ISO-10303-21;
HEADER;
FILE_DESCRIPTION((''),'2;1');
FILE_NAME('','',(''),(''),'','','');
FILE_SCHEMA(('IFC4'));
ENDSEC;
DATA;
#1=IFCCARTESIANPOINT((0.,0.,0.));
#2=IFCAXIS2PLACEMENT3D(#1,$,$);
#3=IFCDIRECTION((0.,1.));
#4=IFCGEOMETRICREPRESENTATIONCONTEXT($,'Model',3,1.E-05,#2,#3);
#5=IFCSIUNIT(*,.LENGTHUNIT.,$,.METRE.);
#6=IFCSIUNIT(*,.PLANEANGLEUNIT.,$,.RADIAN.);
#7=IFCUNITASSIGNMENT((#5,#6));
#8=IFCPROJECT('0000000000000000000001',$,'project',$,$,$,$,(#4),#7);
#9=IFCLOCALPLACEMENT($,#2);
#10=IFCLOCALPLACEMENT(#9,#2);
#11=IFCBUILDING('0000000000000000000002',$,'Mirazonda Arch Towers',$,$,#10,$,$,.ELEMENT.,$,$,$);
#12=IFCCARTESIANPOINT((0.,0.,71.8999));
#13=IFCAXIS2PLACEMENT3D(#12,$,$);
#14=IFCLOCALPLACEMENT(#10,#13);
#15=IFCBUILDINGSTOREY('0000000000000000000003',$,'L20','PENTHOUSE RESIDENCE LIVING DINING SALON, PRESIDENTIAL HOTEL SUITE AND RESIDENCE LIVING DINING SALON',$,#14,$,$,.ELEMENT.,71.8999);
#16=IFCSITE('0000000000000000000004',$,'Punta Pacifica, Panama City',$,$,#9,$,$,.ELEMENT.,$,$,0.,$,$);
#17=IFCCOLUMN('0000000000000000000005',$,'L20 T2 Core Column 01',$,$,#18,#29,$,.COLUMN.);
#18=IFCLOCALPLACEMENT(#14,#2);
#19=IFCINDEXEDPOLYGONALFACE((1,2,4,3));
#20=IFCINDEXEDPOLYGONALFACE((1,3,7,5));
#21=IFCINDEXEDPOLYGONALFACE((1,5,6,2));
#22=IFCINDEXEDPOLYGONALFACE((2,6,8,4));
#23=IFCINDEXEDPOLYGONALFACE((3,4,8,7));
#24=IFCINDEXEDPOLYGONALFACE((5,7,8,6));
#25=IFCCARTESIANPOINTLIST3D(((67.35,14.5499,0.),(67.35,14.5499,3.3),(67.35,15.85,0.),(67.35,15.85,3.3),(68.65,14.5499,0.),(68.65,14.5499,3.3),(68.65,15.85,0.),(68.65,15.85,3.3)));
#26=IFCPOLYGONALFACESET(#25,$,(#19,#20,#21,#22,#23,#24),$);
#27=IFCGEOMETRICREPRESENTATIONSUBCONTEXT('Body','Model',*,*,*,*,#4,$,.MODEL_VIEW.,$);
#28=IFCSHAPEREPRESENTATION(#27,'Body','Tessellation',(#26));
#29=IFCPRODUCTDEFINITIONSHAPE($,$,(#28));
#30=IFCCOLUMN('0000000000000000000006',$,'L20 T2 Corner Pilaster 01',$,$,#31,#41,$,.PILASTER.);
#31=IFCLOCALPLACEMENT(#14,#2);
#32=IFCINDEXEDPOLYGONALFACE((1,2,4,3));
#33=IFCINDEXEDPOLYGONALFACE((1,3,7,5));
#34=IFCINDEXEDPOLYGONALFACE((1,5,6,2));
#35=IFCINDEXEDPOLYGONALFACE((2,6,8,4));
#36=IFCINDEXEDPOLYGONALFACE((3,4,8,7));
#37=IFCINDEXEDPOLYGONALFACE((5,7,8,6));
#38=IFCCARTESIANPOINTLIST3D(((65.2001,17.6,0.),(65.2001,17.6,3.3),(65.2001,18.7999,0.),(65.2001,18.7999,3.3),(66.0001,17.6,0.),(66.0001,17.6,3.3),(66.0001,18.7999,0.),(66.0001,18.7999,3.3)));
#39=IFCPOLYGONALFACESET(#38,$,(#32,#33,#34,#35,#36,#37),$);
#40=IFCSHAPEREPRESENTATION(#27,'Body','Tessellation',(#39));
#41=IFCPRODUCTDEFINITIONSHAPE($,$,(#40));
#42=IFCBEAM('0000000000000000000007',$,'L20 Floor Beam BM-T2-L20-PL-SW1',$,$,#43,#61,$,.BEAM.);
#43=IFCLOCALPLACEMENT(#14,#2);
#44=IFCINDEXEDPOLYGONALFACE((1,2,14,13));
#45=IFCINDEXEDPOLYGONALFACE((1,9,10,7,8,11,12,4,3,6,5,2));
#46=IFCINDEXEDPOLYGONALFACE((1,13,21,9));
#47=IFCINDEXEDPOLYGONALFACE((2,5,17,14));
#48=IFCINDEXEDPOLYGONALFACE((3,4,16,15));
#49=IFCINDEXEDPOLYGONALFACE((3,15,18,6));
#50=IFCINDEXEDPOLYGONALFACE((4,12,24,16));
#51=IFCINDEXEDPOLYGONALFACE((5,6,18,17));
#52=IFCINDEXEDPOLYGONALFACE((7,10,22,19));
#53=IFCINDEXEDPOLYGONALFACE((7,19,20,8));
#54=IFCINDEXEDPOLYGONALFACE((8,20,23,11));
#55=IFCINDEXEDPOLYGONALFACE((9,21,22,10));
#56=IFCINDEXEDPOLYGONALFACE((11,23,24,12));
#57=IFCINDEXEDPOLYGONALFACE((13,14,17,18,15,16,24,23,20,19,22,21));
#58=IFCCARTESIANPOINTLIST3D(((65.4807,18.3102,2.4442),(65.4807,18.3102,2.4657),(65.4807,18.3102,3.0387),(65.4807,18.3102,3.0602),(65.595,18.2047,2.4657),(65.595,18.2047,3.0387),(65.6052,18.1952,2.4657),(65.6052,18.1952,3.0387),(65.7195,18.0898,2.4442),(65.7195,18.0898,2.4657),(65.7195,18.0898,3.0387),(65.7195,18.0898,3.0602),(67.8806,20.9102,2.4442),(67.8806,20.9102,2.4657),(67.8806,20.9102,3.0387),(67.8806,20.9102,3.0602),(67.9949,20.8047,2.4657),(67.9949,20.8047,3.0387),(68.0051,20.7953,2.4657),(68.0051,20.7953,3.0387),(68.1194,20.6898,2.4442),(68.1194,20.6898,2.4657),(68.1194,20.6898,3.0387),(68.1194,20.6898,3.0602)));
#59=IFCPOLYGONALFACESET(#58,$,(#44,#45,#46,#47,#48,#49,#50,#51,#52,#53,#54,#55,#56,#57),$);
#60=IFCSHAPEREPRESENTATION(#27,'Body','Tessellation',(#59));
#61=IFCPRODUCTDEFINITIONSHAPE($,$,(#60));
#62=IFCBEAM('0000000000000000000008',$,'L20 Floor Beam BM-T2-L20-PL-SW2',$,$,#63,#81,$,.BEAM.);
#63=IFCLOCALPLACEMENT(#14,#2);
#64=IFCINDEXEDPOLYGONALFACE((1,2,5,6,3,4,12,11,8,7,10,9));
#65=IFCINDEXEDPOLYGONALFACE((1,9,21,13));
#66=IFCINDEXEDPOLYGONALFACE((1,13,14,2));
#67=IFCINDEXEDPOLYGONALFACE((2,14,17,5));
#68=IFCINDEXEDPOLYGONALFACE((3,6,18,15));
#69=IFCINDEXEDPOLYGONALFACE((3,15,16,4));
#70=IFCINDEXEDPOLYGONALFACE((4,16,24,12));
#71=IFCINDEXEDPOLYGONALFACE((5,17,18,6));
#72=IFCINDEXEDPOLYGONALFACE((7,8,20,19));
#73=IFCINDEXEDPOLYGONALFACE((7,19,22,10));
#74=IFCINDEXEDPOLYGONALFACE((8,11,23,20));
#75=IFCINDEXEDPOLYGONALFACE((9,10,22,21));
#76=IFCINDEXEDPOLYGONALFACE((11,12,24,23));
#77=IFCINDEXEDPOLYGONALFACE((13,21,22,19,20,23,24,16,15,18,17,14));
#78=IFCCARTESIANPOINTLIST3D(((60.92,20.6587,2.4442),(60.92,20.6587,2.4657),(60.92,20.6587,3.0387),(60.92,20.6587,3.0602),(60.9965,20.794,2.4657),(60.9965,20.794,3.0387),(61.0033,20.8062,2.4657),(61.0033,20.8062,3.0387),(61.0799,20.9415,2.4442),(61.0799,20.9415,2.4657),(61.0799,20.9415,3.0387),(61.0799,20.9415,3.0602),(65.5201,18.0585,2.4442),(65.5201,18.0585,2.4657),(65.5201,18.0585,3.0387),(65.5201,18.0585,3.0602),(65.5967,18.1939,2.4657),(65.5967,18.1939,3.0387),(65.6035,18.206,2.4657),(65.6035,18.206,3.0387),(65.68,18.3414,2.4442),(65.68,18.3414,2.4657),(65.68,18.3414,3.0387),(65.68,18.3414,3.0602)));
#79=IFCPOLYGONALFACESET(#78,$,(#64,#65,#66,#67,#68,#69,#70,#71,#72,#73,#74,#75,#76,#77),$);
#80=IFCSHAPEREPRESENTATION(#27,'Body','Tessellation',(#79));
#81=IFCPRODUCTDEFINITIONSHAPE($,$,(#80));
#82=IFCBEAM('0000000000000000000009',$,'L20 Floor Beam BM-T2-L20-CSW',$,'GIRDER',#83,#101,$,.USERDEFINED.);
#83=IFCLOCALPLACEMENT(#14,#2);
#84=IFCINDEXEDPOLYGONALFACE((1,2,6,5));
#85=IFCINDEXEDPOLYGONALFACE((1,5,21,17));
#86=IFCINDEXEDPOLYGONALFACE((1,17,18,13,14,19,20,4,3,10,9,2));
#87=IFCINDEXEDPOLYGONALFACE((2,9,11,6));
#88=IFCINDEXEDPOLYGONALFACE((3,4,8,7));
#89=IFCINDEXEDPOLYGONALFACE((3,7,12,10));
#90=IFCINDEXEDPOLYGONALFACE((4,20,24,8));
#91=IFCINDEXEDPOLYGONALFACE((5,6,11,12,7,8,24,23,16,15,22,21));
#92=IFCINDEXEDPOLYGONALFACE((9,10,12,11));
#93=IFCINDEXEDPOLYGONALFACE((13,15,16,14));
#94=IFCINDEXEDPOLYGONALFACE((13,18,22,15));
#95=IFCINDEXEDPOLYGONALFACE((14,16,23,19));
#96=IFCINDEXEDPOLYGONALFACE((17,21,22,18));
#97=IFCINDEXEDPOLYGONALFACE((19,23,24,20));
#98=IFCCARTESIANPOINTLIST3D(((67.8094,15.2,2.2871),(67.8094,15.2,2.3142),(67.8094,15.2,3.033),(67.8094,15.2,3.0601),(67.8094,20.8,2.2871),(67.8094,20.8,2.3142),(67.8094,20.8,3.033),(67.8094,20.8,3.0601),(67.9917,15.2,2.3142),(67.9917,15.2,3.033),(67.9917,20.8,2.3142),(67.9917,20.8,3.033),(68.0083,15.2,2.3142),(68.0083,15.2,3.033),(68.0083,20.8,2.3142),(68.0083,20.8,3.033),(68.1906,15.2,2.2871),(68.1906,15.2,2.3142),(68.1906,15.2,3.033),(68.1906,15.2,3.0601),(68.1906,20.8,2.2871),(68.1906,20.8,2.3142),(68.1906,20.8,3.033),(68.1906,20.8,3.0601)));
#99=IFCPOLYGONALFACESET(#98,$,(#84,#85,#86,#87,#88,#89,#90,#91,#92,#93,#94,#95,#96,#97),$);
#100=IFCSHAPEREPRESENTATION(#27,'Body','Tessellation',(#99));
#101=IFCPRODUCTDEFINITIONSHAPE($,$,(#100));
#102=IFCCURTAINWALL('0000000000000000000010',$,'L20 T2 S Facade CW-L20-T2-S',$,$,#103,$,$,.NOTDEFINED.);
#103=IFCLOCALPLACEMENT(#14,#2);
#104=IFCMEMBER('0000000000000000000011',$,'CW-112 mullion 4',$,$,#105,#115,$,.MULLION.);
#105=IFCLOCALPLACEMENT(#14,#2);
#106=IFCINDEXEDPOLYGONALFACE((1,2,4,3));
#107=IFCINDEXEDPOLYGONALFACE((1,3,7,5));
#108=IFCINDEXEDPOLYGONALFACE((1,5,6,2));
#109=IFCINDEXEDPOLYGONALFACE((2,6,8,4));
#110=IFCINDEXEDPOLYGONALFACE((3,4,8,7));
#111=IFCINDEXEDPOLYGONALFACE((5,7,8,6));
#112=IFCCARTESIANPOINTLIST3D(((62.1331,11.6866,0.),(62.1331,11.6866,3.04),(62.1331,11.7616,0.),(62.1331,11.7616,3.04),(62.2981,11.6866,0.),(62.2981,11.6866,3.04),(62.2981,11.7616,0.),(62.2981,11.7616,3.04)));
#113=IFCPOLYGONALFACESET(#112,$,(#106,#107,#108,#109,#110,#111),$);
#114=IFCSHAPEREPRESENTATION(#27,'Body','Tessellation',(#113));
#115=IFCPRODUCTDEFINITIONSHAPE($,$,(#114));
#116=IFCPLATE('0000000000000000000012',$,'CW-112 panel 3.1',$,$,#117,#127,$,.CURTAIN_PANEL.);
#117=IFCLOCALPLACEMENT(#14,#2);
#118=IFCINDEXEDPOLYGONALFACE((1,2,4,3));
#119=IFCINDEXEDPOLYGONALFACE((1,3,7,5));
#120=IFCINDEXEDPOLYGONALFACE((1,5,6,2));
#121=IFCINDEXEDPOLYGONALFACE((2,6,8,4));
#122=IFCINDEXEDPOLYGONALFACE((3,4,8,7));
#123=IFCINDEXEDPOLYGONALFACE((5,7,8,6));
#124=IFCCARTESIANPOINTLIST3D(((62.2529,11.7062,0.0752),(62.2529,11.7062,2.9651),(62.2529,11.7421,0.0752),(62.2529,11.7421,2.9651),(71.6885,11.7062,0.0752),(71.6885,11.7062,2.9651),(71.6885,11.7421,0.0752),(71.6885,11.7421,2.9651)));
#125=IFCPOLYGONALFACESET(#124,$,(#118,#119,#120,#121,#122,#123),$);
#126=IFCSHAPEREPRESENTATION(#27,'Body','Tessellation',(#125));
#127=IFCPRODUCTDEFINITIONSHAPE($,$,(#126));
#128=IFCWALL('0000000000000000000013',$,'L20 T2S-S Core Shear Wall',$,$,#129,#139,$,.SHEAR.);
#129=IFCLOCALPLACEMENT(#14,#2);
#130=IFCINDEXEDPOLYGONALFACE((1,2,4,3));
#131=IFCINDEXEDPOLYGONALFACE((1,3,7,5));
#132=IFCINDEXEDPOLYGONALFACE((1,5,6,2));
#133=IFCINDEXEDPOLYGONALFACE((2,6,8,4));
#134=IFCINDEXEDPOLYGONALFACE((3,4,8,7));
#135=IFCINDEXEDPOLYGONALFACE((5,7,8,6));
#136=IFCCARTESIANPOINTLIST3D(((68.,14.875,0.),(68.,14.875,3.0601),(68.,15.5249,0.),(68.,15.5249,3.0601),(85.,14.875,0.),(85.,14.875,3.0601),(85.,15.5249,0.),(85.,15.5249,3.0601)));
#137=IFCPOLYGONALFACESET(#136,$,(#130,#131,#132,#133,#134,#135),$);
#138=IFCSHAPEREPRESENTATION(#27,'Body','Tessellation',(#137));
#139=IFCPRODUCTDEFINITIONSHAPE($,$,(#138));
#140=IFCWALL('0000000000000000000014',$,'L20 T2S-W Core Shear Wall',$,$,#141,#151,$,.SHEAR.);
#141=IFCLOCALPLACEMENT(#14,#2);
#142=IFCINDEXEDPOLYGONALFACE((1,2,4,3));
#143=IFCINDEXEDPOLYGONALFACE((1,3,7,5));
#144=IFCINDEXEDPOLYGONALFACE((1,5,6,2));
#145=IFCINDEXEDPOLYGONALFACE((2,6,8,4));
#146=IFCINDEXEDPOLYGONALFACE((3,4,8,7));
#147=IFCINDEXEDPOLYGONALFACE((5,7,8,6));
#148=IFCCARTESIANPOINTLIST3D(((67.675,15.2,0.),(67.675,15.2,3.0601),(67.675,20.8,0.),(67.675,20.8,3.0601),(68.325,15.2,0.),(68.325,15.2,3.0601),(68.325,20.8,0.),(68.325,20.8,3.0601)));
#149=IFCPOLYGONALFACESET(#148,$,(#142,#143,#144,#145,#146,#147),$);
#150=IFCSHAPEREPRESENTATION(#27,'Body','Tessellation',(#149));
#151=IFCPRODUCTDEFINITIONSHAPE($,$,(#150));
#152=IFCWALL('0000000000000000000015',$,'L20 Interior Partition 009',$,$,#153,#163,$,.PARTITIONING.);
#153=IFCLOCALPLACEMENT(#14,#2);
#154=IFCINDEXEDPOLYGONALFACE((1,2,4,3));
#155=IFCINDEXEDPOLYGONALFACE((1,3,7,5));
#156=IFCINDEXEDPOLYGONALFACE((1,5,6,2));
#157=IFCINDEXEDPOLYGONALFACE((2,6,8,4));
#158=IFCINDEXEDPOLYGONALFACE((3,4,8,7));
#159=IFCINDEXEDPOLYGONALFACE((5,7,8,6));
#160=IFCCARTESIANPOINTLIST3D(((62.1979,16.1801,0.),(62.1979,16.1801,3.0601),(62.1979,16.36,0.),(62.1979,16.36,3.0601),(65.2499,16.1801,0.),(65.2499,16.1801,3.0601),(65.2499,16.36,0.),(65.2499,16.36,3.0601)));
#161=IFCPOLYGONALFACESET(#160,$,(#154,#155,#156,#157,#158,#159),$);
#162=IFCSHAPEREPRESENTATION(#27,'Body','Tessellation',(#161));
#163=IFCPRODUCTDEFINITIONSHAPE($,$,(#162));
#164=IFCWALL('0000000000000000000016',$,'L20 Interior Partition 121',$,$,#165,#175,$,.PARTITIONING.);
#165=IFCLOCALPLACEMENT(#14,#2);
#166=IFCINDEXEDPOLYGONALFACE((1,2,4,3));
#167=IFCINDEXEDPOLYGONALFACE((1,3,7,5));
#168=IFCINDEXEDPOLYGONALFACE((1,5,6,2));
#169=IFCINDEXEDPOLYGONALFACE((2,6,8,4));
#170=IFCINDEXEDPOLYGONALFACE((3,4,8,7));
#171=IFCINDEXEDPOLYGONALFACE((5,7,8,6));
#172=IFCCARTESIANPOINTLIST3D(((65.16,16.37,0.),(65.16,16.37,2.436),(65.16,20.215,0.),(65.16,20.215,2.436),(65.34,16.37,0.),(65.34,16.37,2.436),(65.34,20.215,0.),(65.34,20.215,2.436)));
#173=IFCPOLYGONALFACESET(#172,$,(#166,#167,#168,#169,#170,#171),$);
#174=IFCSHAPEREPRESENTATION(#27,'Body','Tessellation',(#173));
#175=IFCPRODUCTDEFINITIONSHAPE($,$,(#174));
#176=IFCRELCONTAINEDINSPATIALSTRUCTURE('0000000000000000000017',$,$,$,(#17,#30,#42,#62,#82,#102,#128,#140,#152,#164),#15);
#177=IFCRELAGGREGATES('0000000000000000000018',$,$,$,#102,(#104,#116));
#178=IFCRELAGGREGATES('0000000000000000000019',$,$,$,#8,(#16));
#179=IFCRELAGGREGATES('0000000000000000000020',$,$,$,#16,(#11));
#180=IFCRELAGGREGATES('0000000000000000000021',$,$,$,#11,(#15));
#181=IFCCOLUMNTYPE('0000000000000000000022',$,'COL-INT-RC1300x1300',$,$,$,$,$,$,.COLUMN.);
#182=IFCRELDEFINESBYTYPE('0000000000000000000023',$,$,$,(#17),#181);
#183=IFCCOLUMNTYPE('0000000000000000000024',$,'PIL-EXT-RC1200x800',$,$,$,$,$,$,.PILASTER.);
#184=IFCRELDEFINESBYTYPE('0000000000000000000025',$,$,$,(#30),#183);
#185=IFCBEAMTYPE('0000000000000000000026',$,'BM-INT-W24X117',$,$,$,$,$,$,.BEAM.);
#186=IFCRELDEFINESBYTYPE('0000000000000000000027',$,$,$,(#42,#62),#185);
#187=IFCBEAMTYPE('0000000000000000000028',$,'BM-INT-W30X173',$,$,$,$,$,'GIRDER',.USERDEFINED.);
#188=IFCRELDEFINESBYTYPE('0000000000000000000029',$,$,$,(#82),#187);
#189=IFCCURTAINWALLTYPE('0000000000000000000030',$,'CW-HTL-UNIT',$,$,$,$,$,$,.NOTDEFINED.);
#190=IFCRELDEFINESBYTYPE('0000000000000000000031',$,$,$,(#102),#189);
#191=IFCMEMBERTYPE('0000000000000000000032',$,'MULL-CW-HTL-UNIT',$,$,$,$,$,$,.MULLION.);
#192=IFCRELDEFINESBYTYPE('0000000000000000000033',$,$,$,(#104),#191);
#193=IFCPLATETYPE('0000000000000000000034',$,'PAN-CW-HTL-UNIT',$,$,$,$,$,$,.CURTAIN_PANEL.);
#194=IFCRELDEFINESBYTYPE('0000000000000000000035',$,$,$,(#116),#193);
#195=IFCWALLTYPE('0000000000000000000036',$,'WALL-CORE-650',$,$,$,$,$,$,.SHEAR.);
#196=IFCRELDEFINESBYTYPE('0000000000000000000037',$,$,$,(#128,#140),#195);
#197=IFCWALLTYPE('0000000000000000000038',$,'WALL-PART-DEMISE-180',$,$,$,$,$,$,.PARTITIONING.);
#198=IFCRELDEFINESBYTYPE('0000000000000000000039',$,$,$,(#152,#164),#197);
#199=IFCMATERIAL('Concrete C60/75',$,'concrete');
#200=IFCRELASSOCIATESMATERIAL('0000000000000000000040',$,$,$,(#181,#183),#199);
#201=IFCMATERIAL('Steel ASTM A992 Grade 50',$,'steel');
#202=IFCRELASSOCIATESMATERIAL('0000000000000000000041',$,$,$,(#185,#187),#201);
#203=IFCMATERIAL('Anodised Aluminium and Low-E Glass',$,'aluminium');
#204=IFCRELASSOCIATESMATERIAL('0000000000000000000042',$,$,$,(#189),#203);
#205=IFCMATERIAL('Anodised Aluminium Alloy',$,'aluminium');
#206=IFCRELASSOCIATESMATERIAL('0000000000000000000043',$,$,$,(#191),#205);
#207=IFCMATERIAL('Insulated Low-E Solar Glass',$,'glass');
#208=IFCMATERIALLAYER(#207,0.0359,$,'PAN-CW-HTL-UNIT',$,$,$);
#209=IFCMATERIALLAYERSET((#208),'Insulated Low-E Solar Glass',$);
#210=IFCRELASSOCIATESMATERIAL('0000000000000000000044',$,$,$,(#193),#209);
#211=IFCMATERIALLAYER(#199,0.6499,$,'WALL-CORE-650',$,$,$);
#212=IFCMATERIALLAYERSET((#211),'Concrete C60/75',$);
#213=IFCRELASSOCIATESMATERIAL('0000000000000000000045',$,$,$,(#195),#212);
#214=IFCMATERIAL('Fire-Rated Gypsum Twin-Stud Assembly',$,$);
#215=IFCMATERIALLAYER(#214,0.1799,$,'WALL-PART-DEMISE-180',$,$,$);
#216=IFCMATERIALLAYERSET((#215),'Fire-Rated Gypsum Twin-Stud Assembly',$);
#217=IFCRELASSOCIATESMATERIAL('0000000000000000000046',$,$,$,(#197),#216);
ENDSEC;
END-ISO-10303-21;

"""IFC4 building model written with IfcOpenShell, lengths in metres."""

from ifc_helpers import new_model, si_unit, direction, frame, frame_2d, origin, origin_2d, place, context, subcontext, project, spatial, rectangle, i_section, extrude, material, layer, layer_set, material_profile, profile_set, type_object, element, aggregate, save


model = new_model("IFC4")

# Units and contexts
model_context = context("Model", 3, precision=1e-05, world=origin(), true_north=direction((0.0, 1.0)))
body_context = subcontext(model_context, "Body", "Model", "MODEL_VIEW")
ifc_project = project(units=[si_unit("LENGTHUNIT", "METRE"), si_unit("PLANEANGLEUNIT", "RADIAN")], contexts=[model_context])

# Site, building, storey
site_placement = place(None, origin())
site = spatial("IfcSite", under=ifc_project, at=site_placement, Name="Punta Pacifica, Panama City", CompositionType="ELEMENT", RefElevation=0.0)
building_placement = place(site_placement, origin())
building = spatial("IfcBuilding", under=site, at=building_placement, Name="Mirazonda Arch Towers", CompositionType="ELEMENT")
storey_placement = place(building_placement, frame((0.0, 0.0, 71.8999)))
storey = spatial("IfcBuildingStorey", under=building, at=storey_placement, Name="L20", Description="PENTHOUSE RESIDENCE LIVING DINING SALON, PRESIDENTIAL HOTEL SUITE AND RESIDENCE LIVING DINING SALON", CompositionType="ELEMENT", Elevation=71.8999)

# Columns
ifc_material_1 = material(Name="Concrete C60/75", Category="concrete")
ifc_material_profile_1 = material_profile(ifc_material_1, rectangle(XDim=1.3, YDim=1.3, at=origin_2d()), Name="RC1300x1300")
ifc_profile_set_1 = profile_set([ifc_material_profile_1], Name="Concrete C60/75")
column_type_1 = type_object("IfcColumnType", Name="COL-INT-RC1300x1300", PredefinedType="COLUMN", material=ifc_profile_set_1)
column_1_placement = place(storey_placement, frame((68.0, 15.2, 0.0), z_axis=(0.0, 0.0, 1.0), x_axis=(1.0, 0.0, 0.0)))
element("IfcColumn", 1, at=column_1_placement, inside=storey, type_object=column_type_1, Name="L20 T2 Core Column 01", PredefinedType="COLUMN", context=body_context, shape_type="SweptSolid", body=[
    extrude(rectangle(XDim=1.3, YDim=1.3, at=origin_2d()), origin(), (0.0, 0.0, 1.0), 3.3),
])
ifc_material_profile_2 = material_profile(ifc_material_1, rectangle(XDim=0.8, YDim=1.2, at=origin_2d()), Name="RC1200x800")
ifc_profile_set_2 = profile_set([ifc_material_profile_2], Name="Concrete C60/75")
column_type_2 = type_object("IfcColumnType", Name="PIL-EXT-RC1200x800", PredefinedType="PILASTER", material=ifc_profile_set_2)
column_2_placement = place(storey_placement, frame((65.6001, 18.2, 0.0), z_axis=(0.0, 0.0, 1.0), x_axis=(1.0, 0.0, 0.0)))
element("IfcColumn", 2, at=column_2_placement, inside=storey, type_object=column_type_2, Name="L20 T2 Corner Pilaster 01", PredefinedType="PILASTER", context=body_context, shape_type="SweptSolid", body=[
    extrude(rectangle(XDim=0.8, YDim=1.2, at=origin_2d()), origin(), (0.0, 0.0, 1.0), 3.3),
])

# Beams
ifc_material_2 = material(Name="Steel ASTM A992 Grade 50", Category="steel")
ifc_material_profile_3 = material_profile(ifc_material_2, i_section(OverallWidth=0.325, OverallDepth=0.616, WebThickness=0.0139, FlangeThickness=0.0215, at=origin_2d()), Name="W24X117")
ifc_profile_set_3 = profile_set([ifc_material_profile_3], Name="Steel ASTM A992 Grade 50")
beam_type_1 = type_object("IfcBeamType", Name="BM-INT-W24X117", PredefinedType="BEAM", material=ifc_profile_set_3)
beam_1_placement = place(storey_placement, frame((65.6001, 18.2, 2.7522), z_axis=(0.678251, 0.73483, 0.0), x_axis=(-0.73483, 0.678251, 0.0)))
element("IfcBeam", 3, at=beam_1_placement, inside=storey, type_object=beam_type_1, Name="L20 Floor Beam BM-T2-L20-PL-SW1", PredefinedType="BEAM", context=body_context, shape_type="SweptSolid", body=[
    extrude(i_section(OverallWidth=0.325, OverallDepth=0.616, WebThickness=0.0139, FlangeThickness=0.0215, at=origin_2d()), origin(), (0.0, 0.0, 1.0), 3.5383),
])
beam_2_placement = place(storey_placement, frame((65.6001, 18.2, 2.7522), z_axis=(-0.870559, 0.492063, 0.0), x_axis=(-0.492063, -0.870559, 0.0)))
element("IfcBeam", 4, at=beam_2_placement, inside=storey, type_object=beam_type_1, Name="L20 Floor Beam BM-T2-L20-PL-SW2", PredefinedType="BEAM", context=body_context, shape_type="SweptSolid", body=[
    extrude(i_section(OverallWidth=0.325, OverallDepth=0.616, WebThickness=0.0139, FlangeThickness=0.0215, at=origin_2d()), origin(), (0.0, 0.0, 1.0), 5.2842),
])
ifc_material_profile_4 = material_profile(ifc_material_2, i_section(OverallWidth=0.3811, OverallDepth=0.7729, WebThickness=0.0166, FlangeThickness=0.0271, at=origin_2d()), Name="W30X173")
ifc_profile_set_4 = profile_set([ifc_material_profile_4], Name="Steel ASTM A992 Grade 50")
beam_type_2 = type_object("IfcBeamType", Name="BM-INT-W30X173", ElementType="GIRDER", PredefinedType="USERDEFINED", material=ifc_profile_set_4)
beam_3_placement = place(storey_placement, frame((68.0, 15.2, 2.6736), z_axis=(0.0, 1.0, 0.0), x_axis=(-1.0, 0.0, 0.0)))
element("IfcBeam", 5, at=beam_3_placement, inside=storey, type_object=beam_type_2, Name="L20 Floor Beam BM-T2-L20-CSW", ObjectType="GIRDER", PredefinedType="USERDEFINED", context=body_context, shape_type="SweptSolid", body=[
    extrude(i_section(OverallWidth=0.3811, OverallDepth=0.7729, WebThickness=0.0166, FlangeThickness=0.0271, at=origin_2d()), origin(), (0.0, 0.0, 1.0), 5.6001),
])

# Curtain wall, member, plate
ifc_material_3 = material(Name="Anodised Aluminium and Low-E Glass", Category="aluminium")
curtain_wall_type = type_object("IfcCurtainWallType", Name="CW-HTL-UNIT", PredefinedType="NOTDEFINED", material=ifc_material_3)
curtain_wall_placement = place(storey_placement, origin())
curtain_wall = element("IfcCurtainWall", 6, at=curtain_wall_placement, inside=storey, type_object=curtain_wall_type, Name="L20 T2 S Facade CW-L20-T2-S", PredefinedType="NOTDEFINED")
ifc_material_4 = material(Name="Anodised Aluminium Alloy", Category="aluminium")
ifc_material_profile_5 = material_profile(ifc_material_4, rectangle(XDim=0.075, YDim=0.165, at=origin_2d()), Name="ALU-MULL-75x165")
ifc_profile_set_5 = profile_set([ifc_material_profile_5], Name="Anodised Aluminium Alloy")
member_type = type_object("IfcMemberType", Name="MULL-CW-HTL-UNIT", PredefinedType="MULLION", material=ifc_profile_set_5)
member_placement = place(storey_placement, frame((62.2156, 11.7241, 0.0), z_axis=(0.0, 0.0, 1.0), x_axis=(0.0, -1.0, 0.0)))
member = element("IfcMember", 7, at=member_placement, type_object=member_type, Name="CW-112 mullion 4", PredefinedType="MULLION", context=body_context, shape_type="SweptSolid", body=[
    extrude(rectangle(XDim=0.075, YDim=0.165, at=origin_2d()), origin(), (0.0, 0.0, 1.0), 3.04),
])
ifc_material_5 = material(Name="Insulated Low-E Solar Glass", Category="glass")
ifc_layer_1 = layer(ifc_material_5, 0.0359, Name="PAN-CW-HTL-UNIT")
ifc_layer_set_1 = layer_set([ifc_layer_1], Name="Insulated Low-E Solar Glass")
plate_type = type_object("IfcPlateType", Name="PAN-CW-HTL-UNIT", PredefinedType="CURTAIN_PANEL", material=ifc_layer_set_1)
plate_placement = place(storey_placement, frame((66.9707, 11.7241, 0.0752), z_axis=(0.0, 0.0, 1.0), x_axis=(-1.0, 0.0, 0.0)))
plate = element("IfcPlate", 8, at=plate_placement, type_object=plate_type, Name="CW-112 panel 3.1", PredefinedType="CURTAIN_PANEL", context=body_context, shape_type="SweptSolid", body=[
    extrude(rectangle(XDim=9.4355, YDim=0.0359, at=origin_2d()), origin(), (0.0, 0.0, 1.0), 2.8899),
])
aggregate(curtain_wall, [member, plate])

# Walls
ifc_layer_2 = layer(ifc_material_1, 0.6499, Name="WALL-CORE-650")
ifc_layer_set_2 = layer_set([ifc_layer_2], Name="Concrete C60/75")
wall_type_1 = type_object("IfcWallType", Name="WALL-CORE-650", PredefinedType="SHEAR", material=ifc_layer_set_2)
wall_1_placement = place(storey_placement, frame((68.0, 15.2, 0.0), z_axis=(0.0, 0.0, 1.0), x_axis=(1.0, 0.0, 0.0)))
element("IfcWall", 9, at=wall_1_placement, inside=storey, type_object=wall_type_1, Name="L20 T2S-S Core Shear Wall", PredefinedType="SHEAR", context=body_context, shape_type="SweptSolid", body=[
    extrude(rectangle(XDim=17.0, YDim=0.6499, at=frame_2d((8.5, 0.0))), origin(), (0.0, 0.0, 1.0), 3.0601),
])
wall_2_placement = place(storey_placement, frame((68.0, 15.2, 0.0), z_axis=(0.0, 0.0, 1.0), x_axis=(0.0, 1.0, 0.0)))
element("IfcWall", 10, at=wall_2_placement, inside=storey, type_object=wall_type_1, Name="L20 T2S-W Core Shear Wall", PredefinedType="SHEAR", context=body_context, shape_type="SweptSolid", body=[
    extrude(rectangle(XDim=5.6001, YDim=0.6499, at=frame_2d((2.8, 0.0))), origin(), (0.0, 0.0, 1.0), 3.0601),
])
ifc_material_6 = material(Name="Fire-Rated Gypsum Twin-Stud Assembly")
ifc_layer_3 = layer(ifc_material_6, 0.1799, Name="WALL-PART-DEMISE-180")
ifc_layer_set_3 = layer_set([ifc_layer_3], Name="Fire-Rated Gypsum Twin-Stud Assembly")
wall_type_2 = type_object("IfcWallType", Name="WALL-PART-DEMISE-180", PredefinedType="PARTITIONING", material=ifc_layer_set_3)
wall_3_placement = place(storey_placement, frame((62.198, 16.27, 0.0), z_axis=(0.0, 0.0, 1.0), x_axis=(1.0, 0.0, 0.0)))
element("IfcWall", 11, at=wall_3_placement, inside=storey, type_object=wall_type_2, Name="L20 Interior Partition 009", PredefinedType="PARTITIONING", context=body_context, shape_type="SweptSolid", body=[
    extrude(rectangle(XDim=3.052, YDim=0.1799, at=frame_2d((1.5259, 0.0))), origin(), (0.0, 0.0, 1.0), 3.0601),
])
wall_4_placement = place(storey_placement, frame((65.25, 16.3701, 0.0), z_axis=(0.0, 0.0, 1.0), x_axis=(0.0, 1.0, 0.0)))
element("IfcWall", 12, at=wall_4_placement, inside=storey, type_object=wall_type_2, Name="L20 Interior Partition 121", PredefinedType="PARTITIONING", context=body_context, shape_type="SweptSolid", body=[
    extrude(rectangle(XDim=3.845, YDim=0.1799, at=frame_2d((1.9224, 0.0))), origin(), (0.0, 0.0, 1.0), 2.436),
])

save(model, "model.ifc")
